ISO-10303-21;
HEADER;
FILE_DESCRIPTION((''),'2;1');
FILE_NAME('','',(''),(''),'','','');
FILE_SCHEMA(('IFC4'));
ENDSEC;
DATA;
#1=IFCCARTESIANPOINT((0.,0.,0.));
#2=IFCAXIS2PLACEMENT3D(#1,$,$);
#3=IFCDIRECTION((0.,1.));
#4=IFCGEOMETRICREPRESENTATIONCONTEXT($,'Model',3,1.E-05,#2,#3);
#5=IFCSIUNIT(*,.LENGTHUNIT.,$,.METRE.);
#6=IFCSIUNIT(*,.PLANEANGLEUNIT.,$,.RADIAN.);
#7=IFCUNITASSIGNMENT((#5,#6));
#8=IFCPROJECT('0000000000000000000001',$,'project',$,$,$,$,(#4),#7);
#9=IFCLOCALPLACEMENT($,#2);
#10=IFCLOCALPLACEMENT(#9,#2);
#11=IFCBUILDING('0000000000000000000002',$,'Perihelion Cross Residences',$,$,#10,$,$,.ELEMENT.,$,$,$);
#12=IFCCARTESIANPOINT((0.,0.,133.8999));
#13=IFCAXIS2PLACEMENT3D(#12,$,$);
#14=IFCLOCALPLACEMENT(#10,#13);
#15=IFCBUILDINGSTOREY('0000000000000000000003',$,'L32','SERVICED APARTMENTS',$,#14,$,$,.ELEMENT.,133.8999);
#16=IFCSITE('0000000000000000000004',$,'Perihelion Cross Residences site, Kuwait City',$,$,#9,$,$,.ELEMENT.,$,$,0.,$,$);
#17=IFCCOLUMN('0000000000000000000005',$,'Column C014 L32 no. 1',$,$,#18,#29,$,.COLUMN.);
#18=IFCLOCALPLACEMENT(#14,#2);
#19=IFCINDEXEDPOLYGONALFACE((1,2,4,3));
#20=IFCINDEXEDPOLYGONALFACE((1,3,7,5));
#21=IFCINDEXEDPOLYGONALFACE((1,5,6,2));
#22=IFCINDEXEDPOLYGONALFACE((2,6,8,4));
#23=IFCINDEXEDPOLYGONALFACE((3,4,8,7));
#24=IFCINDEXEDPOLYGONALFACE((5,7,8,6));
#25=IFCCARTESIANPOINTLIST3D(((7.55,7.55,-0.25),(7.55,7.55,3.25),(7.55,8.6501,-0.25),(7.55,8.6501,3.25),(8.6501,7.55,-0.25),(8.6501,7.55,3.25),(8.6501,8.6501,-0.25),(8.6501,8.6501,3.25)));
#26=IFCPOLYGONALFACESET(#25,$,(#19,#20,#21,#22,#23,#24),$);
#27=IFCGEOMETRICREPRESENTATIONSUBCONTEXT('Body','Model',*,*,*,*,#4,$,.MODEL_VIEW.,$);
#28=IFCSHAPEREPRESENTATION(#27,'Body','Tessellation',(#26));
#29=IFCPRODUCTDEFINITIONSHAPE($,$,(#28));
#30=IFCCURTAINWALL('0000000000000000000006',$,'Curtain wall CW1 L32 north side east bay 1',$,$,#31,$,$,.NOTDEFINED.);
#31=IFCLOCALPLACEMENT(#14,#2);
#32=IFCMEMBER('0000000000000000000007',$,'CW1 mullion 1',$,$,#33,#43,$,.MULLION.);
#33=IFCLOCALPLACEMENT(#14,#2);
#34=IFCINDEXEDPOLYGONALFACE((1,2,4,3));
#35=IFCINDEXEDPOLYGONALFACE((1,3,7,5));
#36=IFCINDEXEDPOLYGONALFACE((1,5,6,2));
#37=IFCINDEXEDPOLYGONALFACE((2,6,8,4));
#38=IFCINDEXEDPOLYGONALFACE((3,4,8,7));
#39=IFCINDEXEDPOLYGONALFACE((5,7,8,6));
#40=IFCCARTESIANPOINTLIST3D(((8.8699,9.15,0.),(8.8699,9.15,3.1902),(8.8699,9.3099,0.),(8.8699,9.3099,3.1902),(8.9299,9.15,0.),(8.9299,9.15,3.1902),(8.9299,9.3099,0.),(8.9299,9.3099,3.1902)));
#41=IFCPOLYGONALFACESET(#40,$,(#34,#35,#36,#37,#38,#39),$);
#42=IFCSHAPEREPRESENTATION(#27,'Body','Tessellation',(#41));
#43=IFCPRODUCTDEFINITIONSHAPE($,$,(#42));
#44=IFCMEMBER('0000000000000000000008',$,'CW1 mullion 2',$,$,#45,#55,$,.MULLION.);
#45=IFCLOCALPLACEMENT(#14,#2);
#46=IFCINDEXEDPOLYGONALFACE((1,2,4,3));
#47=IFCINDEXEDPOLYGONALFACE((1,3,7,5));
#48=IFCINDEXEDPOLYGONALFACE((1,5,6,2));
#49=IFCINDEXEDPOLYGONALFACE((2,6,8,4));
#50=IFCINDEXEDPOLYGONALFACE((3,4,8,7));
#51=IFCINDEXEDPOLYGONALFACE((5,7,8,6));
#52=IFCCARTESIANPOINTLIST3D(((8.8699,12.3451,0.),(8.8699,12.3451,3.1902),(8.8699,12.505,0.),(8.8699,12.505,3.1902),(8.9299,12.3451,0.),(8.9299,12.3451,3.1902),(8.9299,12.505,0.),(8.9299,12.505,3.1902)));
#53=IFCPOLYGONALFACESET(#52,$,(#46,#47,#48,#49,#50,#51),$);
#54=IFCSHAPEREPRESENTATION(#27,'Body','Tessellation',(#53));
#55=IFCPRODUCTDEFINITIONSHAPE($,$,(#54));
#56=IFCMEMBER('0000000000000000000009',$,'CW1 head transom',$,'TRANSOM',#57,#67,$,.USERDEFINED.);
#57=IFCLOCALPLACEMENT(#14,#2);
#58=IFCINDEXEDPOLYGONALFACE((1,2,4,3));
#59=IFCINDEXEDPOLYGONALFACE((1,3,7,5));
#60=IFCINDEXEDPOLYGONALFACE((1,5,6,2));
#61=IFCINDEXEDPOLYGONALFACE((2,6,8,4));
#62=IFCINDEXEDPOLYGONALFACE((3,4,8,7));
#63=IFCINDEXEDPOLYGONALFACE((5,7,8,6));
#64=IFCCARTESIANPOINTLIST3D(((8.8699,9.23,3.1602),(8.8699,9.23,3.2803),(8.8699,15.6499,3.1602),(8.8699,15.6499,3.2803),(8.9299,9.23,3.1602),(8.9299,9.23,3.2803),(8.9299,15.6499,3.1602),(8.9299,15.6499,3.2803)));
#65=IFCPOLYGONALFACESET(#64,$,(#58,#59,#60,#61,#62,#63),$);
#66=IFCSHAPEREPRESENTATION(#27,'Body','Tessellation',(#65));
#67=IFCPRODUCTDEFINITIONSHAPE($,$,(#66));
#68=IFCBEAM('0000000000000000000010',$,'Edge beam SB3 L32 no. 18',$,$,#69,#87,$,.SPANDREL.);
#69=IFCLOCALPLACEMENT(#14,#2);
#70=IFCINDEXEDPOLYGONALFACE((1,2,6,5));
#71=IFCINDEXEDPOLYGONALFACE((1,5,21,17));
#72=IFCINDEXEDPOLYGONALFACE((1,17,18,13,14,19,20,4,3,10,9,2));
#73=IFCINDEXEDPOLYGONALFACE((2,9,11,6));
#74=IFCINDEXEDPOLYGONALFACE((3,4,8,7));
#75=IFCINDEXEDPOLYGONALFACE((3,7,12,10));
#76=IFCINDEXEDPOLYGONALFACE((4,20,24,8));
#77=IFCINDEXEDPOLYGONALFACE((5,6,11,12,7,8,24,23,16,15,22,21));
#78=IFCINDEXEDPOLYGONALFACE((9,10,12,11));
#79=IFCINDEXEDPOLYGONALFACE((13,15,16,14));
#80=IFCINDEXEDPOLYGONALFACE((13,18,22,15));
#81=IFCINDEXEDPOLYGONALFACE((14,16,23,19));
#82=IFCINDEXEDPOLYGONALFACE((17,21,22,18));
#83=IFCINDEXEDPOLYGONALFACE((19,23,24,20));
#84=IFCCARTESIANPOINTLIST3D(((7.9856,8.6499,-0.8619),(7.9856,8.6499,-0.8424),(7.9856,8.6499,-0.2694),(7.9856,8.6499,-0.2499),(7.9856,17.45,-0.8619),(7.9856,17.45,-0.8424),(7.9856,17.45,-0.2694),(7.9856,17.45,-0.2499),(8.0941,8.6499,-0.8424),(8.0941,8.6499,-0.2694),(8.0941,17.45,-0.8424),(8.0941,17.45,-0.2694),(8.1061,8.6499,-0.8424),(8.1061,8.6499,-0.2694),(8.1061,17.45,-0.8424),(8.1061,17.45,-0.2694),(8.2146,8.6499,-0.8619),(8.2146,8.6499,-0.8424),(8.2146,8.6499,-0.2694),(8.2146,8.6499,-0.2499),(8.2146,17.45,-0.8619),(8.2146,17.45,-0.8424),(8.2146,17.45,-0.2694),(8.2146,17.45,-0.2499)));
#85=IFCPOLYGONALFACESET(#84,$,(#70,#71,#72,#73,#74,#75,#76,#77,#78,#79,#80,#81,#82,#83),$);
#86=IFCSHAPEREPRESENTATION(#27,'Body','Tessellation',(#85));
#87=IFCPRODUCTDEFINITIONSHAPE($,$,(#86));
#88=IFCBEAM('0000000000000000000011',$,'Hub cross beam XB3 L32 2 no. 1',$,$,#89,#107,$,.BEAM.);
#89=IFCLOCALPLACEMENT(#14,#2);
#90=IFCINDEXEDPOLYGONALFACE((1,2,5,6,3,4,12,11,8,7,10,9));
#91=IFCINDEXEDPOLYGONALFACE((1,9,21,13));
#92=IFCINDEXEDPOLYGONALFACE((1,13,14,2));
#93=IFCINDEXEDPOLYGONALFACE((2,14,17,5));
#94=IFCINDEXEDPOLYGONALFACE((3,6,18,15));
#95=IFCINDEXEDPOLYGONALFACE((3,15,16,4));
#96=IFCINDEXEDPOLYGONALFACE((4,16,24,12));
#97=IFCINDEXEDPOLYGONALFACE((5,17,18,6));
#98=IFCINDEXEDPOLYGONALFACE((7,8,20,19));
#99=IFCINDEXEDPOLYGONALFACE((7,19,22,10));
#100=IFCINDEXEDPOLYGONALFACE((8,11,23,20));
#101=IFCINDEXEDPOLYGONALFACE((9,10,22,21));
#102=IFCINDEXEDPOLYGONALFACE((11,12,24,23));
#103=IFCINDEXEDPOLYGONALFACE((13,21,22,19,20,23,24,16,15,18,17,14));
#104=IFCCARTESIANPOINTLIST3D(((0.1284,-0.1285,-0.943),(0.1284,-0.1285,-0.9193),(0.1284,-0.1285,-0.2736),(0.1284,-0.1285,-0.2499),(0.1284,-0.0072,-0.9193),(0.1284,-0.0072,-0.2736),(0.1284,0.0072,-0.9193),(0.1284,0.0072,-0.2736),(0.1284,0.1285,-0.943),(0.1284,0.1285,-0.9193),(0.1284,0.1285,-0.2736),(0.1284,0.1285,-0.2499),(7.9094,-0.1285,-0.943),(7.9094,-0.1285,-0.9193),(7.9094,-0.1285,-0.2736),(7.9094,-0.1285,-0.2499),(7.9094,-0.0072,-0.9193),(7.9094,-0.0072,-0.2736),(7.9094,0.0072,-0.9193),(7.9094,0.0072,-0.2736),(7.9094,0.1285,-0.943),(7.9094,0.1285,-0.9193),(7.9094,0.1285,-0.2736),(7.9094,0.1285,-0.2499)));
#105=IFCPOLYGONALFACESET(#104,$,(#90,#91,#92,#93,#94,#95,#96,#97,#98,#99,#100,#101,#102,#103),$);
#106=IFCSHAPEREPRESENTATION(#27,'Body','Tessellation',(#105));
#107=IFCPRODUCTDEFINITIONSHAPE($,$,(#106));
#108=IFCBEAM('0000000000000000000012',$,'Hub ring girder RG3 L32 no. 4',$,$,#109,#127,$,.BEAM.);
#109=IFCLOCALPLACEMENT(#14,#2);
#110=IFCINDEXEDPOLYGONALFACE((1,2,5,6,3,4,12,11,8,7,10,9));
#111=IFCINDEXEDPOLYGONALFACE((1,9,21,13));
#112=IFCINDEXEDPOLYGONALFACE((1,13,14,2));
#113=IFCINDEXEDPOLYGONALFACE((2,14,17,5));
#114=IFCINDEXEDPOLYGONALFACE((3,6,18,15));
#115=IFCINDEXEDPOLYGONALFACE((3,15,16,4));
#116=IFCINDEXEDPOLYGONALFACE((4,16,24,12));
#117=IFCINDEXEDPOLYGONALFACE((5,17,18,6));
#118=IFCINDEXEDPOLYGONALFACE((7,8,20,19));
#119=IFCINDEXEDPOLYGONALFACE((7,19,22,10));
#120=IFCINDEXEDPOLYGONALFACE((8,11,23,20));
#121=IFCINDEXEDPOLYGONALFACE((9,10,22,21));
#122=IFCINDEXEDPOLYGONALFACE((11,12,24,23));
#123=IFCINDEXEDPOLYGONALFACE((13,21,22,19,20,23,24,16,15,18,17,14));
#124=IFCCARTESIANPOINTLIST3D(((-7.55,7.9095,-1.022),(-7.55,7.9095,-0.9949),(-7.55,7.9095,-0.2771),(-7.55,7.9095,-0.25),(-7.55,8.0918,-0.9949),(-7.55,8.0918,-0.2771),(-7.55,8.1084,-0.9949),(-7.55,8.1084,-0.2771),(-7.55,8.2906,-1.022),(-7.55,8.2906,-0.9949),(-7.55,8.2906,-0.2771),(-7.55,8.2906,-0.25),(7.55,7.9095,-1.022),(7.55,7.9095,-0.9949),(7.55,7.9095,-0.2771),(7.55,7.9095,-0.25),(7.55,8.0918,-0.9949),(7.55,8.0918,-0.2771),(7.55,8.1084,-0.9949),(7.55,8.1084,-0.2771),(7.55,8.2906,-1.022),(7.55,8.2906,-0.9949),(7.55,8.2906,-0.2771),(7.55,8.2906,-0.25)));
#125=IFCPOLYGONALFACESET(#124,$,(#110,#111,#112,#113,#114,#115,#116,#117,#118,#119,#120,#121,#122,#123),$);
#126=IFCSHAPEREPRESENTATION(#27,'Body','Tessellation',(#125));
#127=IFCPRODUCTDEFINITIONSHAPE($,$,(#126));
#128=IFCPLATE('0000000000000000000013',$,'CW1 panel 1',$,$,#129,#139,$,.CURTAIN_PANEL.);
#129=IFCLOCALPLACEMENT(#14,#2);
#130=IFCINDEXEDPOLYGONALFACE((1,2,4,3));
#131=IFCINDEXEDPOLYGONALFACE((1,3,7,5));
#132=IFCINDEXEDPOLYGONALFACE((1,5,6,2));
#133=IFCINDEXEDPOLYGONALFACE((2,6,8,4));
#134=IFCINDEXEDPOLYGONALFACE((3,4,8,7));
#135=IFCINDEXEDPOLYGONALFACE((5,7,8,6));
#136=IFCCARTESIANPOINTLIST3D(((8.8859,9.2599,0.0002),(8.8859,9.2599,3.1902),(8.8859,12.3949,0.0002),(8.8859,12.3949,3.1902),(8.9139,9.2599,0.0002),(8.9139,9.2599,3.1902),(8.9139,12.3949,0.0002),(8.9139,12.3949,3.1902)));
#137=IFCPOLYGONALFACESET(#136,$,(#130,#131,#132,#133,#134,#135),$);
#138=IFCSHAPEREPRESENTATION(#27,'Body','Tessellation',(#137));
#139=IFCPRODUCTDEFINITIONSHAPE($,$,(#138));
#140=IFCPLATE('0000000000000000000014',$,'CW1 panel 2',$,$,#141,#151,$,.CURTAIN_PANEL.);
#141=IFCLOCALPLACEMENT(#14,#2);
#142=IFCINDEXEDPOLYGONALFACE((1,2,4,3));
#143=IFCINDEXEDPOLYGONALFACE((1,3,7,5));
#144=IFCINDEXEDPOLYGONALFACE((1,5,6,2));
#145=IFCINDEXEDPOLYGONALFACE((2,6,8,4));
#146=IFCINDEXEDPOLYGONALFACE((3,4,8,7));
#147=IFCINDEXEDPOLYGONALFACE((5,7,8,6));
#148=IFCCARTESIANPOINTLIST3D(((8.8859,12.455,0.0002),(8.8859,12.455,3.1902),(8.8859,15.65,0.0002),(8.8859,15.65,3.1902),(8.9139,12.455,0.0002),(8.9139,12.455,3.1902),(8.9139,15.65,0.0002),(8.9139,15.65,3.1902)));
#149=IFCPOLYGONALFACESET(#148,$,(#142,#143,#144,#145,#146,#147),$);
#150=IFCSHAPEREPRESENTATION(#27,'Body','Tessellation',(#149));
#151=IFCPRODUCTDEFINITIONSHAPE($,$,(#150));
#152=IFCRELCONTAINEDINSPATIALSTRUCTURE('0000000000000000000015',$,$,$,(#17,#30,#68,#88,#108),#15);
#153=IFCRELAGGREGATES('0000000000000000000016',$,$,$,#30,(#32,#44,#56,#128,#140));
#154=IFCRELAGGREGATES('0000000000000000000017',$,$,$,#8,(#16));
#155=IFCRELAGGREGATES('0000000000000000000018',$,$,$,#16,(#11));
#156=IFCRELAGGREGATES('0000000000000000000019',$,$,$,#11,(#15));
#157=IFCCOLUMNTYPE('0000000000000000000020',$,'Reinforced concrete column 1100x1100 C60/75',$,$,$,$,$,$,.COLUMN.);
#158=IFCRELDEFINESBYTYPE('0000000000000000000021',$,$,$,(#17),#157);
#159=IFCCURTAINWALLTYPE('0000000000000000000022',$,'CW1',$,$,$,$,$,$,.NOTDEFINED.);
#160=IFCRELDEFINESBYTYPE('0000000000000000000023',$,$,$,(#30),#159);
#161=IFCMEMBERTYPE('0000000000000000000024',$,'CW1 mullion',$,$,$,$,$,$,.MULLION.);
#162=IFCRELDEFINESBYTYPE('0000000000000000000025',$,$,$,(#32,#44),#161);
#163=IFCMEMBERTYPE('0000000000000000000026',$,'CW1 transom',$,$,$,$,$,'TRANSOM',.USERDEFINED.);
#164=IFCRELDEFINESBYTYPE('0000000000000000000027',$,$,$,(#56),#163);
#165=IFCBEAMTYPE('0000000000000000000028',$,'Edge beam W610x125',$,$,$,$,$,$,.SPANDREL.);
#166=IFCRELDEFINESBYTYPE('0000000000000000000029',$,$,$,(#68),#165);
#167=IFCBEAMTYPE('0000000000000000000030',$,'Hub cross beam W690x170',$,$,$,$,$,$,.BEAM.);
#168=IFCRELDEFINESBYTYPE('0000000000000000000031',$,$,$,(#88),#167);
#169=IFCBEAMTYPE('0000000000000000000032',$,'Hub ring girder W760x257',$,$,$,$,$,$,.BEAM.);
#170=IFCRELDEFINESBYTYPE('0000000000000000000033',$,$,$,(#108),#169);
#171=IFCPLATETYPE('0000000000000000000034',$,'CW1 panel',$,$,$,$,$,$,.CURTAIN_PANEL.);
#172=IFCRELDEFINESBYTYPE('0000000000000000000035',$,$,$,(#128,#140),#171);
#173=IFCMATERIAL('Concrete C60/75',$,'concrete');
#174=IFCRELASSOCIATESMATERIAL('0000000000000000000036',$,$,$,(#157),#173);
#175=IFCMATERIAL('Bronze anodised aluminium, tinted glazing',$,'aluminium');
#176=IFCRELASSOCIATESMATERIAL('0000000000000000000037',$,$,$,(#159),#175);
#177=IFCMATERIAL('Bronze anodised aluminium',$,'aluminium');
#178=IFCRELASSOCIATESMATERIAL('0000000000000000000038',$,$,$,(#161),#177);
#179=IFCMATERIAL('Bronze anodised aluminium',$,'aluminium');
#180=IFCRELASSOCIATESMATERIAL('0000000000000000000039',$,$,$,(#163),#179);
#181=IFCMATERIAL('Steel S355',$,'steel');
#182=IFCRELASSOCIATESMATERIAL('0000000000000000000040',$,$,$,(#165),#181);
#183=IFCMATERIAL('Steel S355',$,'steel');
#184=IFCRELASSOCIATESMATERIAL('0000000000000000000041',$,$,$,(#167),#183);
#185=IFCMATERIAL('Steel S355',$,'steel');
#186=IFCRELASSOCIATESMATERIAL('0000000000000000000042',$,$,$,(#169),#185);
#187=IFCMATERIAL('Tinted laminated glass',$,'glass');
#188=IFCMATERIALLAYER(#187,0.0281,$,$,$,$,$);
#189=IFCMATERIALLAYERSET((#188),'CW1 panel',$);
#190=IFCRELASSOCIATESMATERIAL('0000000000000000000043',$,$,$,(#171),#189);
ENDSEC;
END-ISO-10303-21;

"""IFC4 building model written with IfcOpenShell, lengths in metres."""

from ifc_helpers import new_model, si_unit, direction, frame, origin, origin_2d, place, context, subcontext, project, spatial, rectangle, i_section, extrude, material, layer, layer_set, material_profile, profile_set, type_object, element, aggregate, save


model = new_model("IFC4")

# Units and contexts
model_context = context("Model", 3, precision=1e-05, world=origin(), true_north=direction((0.0, 1.0)))
body_context = subcontext(model_context, "Body", "Model", "MODEL_VIEW")
ifc_project = project(units=[si_unit("LENGTHUNIT", "METRE"), si_unit("PLANEANGLEUNIT", "RADIAN")], contexts=[model_context])

# Site, building, storey
site_placement = place(None, origin())
site = spatial("IfcSite", under=ifc_project, at=site_placement, Name="Perihelion Cross Residences site, Kuwait City", CompositionType="ELEMENT", RefElevation=0.0)
building_placement = place(site_placement, origin())
building = spatial("IfcBuilding", under=site, at=building_placement, Name="Perihelion Cross Residences", CompositionType="ELEMENT")
storey_placement = place(building_placement, frame((0.0, 0.0, 133.8999)))
storey = spatial("IfcBuildingStorey", under=building, at=storey_placement, Name="L32", Description="SERVICED APARTMENTS", CompositionType="ELEMENT", Elevation=133.8999)

# Column
ifc_material_1 = material(Name="Concrete C60/75", Category="concrete")
ifc_material_profile_1 = material_profile(ifc_material_1, rectangle(XDim=1.1001, YDim=1.1001, at=origin_2d()), Name="RC 1100x1100")
ifc_profile_set_1 = profile_set([ifc_material_profile_1], Name="Concrete C60/75")
column_type = type_object("IfcColumnType", Name="Reinforced concrete column 1100x1100 C60/75", PredefinedType="COLUMN", material=ifc_profile_set_1)
column_placement = place(storey_placement, frame((8.1001, 8.1001, -0.25), z_axis=(0.0, 0.0, 1.0), x_axis=(1.0, 0.0, 0.0)))
element("IfcColumn", 1, at=column_placement, inside=storey, type_object=column_type, Name="Column C014 L32 no. 1", PredefinedType="COLUMN", context=body_context, shape_type="SweptSolid", body=[
    extrude(rectangle(XDim=1.1001, YDim=1.1001, at=origin_2d()), origin(), (0.0, 0.0, 1.0), 3.5),
])

# Curtain wall, members
ifc_material_2 = material(Name="Bronze anodised aluminium, tinted glazing", Category="aluminium")
curtain_wall_type = type_object("IfcCurtainWallType", Name="CW1", PredefinedType="NOTDEFINED", material=ifc_material_2)
curtain_wall_placement = place(storey_placement, origin())
curtain_wall = element("IfcCurtainWall", 2, at=curtain_wall_placement, inside=storey, type_object=curtain_wall_type, Name="Curtain wall CW1 L32 north side east bay 1", PredefinedType="NOTDEFINED")
ifc_material_3 = material(Name="Bronze anodised aluminium", Category="aluminium")
ifc_material_profile_2 = material_profile(ifc_material_3, rectangle(XDim=0.0601, YDim=0.1599, at=origin_2d()), Name="CW1 mullion")
ifc_profile_set_2 = profile_set([ifc_material_profile_2], Name="Bronze anodised aluminium")
member_type_1 = type_object("IfcMemberType", Name="CW1 mullion", PredefinedType="MULLION", material=ifc_profile_set_2)
member_1_placement = place(storey_placement, frame((8.8999, 9.23, 0.0), z_axis=(0.0, 0.0, 1.0), x_axis=(-1.0, 0.0, 0.0)))
member_1 = element("IfcMember", 3, at=member_1_placement, type_object=member_type_1, Name="CW1 mullion 1", PredefinedType="MULLION", context=body_context, shape_type="SweptSolid", body=[
    extrude(rectangle(XDim=0.0601, YDim=0.1599, at=origin_2d()), origin(), (0.0, 0.0, 1.0), 3.1902),
])
member_2_placement = place(storey_placement, frame((8.8999, 12.425, 0.0), z_axis=(0.0, 0.0, 1.0), x_axis=(-1.0, 0.0, 0.0)))
member_2 = element("IfcMember", 4, at=member_2_placement, type_object=member_type_1, Name="CW1 mullion 2", PredefinedType="MULLION", context=body_context, shape_type="SweptSolid", body=[
    extrude(rectangle(XDim=0.0601, YDim=0.1599, at=origin_2d()), origin(), (0.0, 0.0, 1.0), 3.1902),
])
ifc_material_4 = material(Name="Bronze anodised aluminium", Category="aluminium")
ifc_material_profile_3 = material_profile(ifc_material_4, rectangle(XDim=0.0601, YDim=0.1201, at=origin_2d()), Name="CW1 transom")
ifc_profile_set_3 = profile_set([ifc_material_profile_3], Name="Bronze anodised aluminium")
member_type_2 = type_object("IfcMemberType", Name="CW1 transom", ElementType="TRANSOM", PredefinedType="USERDEFINED", material=ifc_profile_set_3)
member_3_placement = place(storey_placement, frame((8.8999, 9.23, 3.2202), z_axis=(0.0, 1.0, 0.0), x_axis=(-1.0, 0.0, 0.0)))
member_3 = element("IfcMember", 5, at=member_3_placement, type_object=member_type_2, Name="CW1 head transom", ObjectType="TRANSOM", PredefinedType="USERDEFINED", context=body_context, shape_type="SweptSolid", body=[
    extrude(rectangle(XDim=0.0601, YDim=0.1201, at=origin_2d()), origin(), (0.0, 0.0, 1.0), 6.4199),
])

# Beams
ifc_material_5 = material(Name="Steel S355", Category="steel")
ifc_material_profile_4 = material_profile(ifc_material_5, i_section(OverallWidth=0.229, OverallDepth=0.6121, WebThickness=0.012, FlangeThickness=0.0195, at=origin_2d()), Name="W610x125")
ifc_profile_set_4 = profile_set([ifc_material_profile_4], Name="Steel S355")
beam_type_1 = type_object("IfcBeamType", Name="Edge beam W610x125", PredefinedType="SPANDREL", material=ifc_profile_set_4)
beam_1_placement = place(storey_placement, frame((8.1001, 8.6499, -0.5559), z_axis=(0.0, 1.0, 0.0), x_axis=(-1.0, 0.0, 0.0)))
element("IfcBeam", 6, at=beam_1_placement, inside=storey, type_object=beam_type_1, Name="Edge beam SB3 L32 no. 18", PredefinedType="SPANDREL", context=body_context, shape_type="SweptSolid", body=[
    extrude(i_section(OverallWidth=0.229, OverallDepth=0.6121, WebThickness=0.012, FlangeThickness=0.0195, at=origin_2d()), origin(), (0.0, 0.0, 1.0), 8.8),
])
ifc_material_6 = material(Name="Steel S355", Category="steel")
ifc_material_profile_5 = material_profile(ifc_material_6, i_section(OverallWidth=0.2571, OverallDepth=0.6931, WebThickness=0.0144, FlangeThickness=0.0237, at=origin_2d()), Name="W690x170")
ifc_profile_set_5 = profile_set([ifc_material_profile_5], Name="Steel S355")
beam_type_2 = type_object("IfcBeamType", Name="Hub cross beam W690x170", PredefinedType="BEAM", material=ifc_profile_set_5)
beam_2_placement = place(storey_placement, frame((0.1284, 0.0, -0.5964), z_axis=(1.0, 0.0, 0.0), x_axis=(0.0, 1.0, 0.0)))
element("IfcBeam", 7, at=beam_2_placement, inside=storey, type_object=beam_type_2, Name="Hub cross beam XB3 L32 2 no. 1", PredefinedType="BEAM", context=body_context, shape_type="SweptSolid", body=[
    extrude(i_section(OverallWidth=0.2571, OverallDepth=0.6931, WebThickness=0.0144, FlangeThickness=0.0237, at=origin_2d()), origin(), (0.0, 0.0, 1.0), 7.781),
])
ifc_material_7 = material(Name="Steel S355", Category="steel")
ifc_material_profile_6 = material_profile(ifc_material_7, i_section(OverallWidth=0.3811, OverallDepth=0.772, WebThickness=0.0166, FlangeThickness=0.0271, at=origin_2d()), Name="W760x257")
ifc_profile_set_6 = profile_set([ifc_material_profile_6], Name="Steel S355")
beam_type_3 = type_object("IfcBeamType", Name="Hub ring girder W760x257", PredefinedType="BEAM", material=ifc_profile_set_6)
beam_3_placement = place(storey_placement, frame((7.55, 8.1001, -0.636), z_axis=(-1.0, 0.0, 0.0), x_axis=(0.0, -1.0, 0.0)))
element("IfcBeam", 8, at=beam_3_placement, inside=storey, type_object=beam_type_3, Name="Hub ring girder RG3 L32 no. 4", PredefinedType="BEAM", context=body_context, shape_type="SweptSolid", body=[
    extrude(i_section(OverallWidth=0.3811, OverallDepth=0.772, WebThickness=0.0166, FlangeThickness=0.0271, at=origin_2d()), origin(), (0.0, 0.0, 1.0), 15.1001),
])

# Plates
ifc_material_8 = material(Name="Tinted laminated glass", Category="glass")
ifc_layer_1 = layer(ifc_material_8, 0.0281)
ifc_layer_set_1 = layer_set([ifc_layer_1], Name="CW1 panel")
plate_type = type_object("IfcPlateType", Name="CW1 panel", PredefinedType="CURTAIN_PANEL", material=ifc_layer_set_1)
plate_1_placement = place(storey_placement, frame((8.8999, 10.8274, 0.0002), z_axis=(0.0, 0.0, 1.0), x_axis=(0.0, 1.0, 0.0)))
plate_1 = element("IfcPlate", 9, at=plate_1_placement, type_object=plate_type, Name="CW1 panel 1", PredefinedType="CURTAIN_PANEL", context=body_context, shape_type="SweptSolid", body=[
    extrude(rectangle(XDim=3.135, YDim=0.0281, at=origin_2d()), origin(), (0.0, 0.0, 1.0), 3.1899),
])
plate_2_placement = place(storey_placement, frame((8.8999, 14.0525, 0.0002), z_axis=(0.0, 0.0, 1.0), x_axis=(0.0, 1.0, 0.0)))
plate_2 = element("IfcPlate", 10, at=plate_2_placement, type_object=plate_type, Name="CW1 panel 2", PredefinedType="CURTAIN_PANEL", context=body_context, shape_type="SweptSolid", body=[
    extrude(rectangle(XDim=3.1951, YDim=0.0281, at=origin_2d()), origin(), (0.0, 0.0, 1.0), 3.1899),
])
aggregate(curtain_wall, [member_1, member_2, member_3, plate_1, plate_2])

save(model, "model.ifc")
